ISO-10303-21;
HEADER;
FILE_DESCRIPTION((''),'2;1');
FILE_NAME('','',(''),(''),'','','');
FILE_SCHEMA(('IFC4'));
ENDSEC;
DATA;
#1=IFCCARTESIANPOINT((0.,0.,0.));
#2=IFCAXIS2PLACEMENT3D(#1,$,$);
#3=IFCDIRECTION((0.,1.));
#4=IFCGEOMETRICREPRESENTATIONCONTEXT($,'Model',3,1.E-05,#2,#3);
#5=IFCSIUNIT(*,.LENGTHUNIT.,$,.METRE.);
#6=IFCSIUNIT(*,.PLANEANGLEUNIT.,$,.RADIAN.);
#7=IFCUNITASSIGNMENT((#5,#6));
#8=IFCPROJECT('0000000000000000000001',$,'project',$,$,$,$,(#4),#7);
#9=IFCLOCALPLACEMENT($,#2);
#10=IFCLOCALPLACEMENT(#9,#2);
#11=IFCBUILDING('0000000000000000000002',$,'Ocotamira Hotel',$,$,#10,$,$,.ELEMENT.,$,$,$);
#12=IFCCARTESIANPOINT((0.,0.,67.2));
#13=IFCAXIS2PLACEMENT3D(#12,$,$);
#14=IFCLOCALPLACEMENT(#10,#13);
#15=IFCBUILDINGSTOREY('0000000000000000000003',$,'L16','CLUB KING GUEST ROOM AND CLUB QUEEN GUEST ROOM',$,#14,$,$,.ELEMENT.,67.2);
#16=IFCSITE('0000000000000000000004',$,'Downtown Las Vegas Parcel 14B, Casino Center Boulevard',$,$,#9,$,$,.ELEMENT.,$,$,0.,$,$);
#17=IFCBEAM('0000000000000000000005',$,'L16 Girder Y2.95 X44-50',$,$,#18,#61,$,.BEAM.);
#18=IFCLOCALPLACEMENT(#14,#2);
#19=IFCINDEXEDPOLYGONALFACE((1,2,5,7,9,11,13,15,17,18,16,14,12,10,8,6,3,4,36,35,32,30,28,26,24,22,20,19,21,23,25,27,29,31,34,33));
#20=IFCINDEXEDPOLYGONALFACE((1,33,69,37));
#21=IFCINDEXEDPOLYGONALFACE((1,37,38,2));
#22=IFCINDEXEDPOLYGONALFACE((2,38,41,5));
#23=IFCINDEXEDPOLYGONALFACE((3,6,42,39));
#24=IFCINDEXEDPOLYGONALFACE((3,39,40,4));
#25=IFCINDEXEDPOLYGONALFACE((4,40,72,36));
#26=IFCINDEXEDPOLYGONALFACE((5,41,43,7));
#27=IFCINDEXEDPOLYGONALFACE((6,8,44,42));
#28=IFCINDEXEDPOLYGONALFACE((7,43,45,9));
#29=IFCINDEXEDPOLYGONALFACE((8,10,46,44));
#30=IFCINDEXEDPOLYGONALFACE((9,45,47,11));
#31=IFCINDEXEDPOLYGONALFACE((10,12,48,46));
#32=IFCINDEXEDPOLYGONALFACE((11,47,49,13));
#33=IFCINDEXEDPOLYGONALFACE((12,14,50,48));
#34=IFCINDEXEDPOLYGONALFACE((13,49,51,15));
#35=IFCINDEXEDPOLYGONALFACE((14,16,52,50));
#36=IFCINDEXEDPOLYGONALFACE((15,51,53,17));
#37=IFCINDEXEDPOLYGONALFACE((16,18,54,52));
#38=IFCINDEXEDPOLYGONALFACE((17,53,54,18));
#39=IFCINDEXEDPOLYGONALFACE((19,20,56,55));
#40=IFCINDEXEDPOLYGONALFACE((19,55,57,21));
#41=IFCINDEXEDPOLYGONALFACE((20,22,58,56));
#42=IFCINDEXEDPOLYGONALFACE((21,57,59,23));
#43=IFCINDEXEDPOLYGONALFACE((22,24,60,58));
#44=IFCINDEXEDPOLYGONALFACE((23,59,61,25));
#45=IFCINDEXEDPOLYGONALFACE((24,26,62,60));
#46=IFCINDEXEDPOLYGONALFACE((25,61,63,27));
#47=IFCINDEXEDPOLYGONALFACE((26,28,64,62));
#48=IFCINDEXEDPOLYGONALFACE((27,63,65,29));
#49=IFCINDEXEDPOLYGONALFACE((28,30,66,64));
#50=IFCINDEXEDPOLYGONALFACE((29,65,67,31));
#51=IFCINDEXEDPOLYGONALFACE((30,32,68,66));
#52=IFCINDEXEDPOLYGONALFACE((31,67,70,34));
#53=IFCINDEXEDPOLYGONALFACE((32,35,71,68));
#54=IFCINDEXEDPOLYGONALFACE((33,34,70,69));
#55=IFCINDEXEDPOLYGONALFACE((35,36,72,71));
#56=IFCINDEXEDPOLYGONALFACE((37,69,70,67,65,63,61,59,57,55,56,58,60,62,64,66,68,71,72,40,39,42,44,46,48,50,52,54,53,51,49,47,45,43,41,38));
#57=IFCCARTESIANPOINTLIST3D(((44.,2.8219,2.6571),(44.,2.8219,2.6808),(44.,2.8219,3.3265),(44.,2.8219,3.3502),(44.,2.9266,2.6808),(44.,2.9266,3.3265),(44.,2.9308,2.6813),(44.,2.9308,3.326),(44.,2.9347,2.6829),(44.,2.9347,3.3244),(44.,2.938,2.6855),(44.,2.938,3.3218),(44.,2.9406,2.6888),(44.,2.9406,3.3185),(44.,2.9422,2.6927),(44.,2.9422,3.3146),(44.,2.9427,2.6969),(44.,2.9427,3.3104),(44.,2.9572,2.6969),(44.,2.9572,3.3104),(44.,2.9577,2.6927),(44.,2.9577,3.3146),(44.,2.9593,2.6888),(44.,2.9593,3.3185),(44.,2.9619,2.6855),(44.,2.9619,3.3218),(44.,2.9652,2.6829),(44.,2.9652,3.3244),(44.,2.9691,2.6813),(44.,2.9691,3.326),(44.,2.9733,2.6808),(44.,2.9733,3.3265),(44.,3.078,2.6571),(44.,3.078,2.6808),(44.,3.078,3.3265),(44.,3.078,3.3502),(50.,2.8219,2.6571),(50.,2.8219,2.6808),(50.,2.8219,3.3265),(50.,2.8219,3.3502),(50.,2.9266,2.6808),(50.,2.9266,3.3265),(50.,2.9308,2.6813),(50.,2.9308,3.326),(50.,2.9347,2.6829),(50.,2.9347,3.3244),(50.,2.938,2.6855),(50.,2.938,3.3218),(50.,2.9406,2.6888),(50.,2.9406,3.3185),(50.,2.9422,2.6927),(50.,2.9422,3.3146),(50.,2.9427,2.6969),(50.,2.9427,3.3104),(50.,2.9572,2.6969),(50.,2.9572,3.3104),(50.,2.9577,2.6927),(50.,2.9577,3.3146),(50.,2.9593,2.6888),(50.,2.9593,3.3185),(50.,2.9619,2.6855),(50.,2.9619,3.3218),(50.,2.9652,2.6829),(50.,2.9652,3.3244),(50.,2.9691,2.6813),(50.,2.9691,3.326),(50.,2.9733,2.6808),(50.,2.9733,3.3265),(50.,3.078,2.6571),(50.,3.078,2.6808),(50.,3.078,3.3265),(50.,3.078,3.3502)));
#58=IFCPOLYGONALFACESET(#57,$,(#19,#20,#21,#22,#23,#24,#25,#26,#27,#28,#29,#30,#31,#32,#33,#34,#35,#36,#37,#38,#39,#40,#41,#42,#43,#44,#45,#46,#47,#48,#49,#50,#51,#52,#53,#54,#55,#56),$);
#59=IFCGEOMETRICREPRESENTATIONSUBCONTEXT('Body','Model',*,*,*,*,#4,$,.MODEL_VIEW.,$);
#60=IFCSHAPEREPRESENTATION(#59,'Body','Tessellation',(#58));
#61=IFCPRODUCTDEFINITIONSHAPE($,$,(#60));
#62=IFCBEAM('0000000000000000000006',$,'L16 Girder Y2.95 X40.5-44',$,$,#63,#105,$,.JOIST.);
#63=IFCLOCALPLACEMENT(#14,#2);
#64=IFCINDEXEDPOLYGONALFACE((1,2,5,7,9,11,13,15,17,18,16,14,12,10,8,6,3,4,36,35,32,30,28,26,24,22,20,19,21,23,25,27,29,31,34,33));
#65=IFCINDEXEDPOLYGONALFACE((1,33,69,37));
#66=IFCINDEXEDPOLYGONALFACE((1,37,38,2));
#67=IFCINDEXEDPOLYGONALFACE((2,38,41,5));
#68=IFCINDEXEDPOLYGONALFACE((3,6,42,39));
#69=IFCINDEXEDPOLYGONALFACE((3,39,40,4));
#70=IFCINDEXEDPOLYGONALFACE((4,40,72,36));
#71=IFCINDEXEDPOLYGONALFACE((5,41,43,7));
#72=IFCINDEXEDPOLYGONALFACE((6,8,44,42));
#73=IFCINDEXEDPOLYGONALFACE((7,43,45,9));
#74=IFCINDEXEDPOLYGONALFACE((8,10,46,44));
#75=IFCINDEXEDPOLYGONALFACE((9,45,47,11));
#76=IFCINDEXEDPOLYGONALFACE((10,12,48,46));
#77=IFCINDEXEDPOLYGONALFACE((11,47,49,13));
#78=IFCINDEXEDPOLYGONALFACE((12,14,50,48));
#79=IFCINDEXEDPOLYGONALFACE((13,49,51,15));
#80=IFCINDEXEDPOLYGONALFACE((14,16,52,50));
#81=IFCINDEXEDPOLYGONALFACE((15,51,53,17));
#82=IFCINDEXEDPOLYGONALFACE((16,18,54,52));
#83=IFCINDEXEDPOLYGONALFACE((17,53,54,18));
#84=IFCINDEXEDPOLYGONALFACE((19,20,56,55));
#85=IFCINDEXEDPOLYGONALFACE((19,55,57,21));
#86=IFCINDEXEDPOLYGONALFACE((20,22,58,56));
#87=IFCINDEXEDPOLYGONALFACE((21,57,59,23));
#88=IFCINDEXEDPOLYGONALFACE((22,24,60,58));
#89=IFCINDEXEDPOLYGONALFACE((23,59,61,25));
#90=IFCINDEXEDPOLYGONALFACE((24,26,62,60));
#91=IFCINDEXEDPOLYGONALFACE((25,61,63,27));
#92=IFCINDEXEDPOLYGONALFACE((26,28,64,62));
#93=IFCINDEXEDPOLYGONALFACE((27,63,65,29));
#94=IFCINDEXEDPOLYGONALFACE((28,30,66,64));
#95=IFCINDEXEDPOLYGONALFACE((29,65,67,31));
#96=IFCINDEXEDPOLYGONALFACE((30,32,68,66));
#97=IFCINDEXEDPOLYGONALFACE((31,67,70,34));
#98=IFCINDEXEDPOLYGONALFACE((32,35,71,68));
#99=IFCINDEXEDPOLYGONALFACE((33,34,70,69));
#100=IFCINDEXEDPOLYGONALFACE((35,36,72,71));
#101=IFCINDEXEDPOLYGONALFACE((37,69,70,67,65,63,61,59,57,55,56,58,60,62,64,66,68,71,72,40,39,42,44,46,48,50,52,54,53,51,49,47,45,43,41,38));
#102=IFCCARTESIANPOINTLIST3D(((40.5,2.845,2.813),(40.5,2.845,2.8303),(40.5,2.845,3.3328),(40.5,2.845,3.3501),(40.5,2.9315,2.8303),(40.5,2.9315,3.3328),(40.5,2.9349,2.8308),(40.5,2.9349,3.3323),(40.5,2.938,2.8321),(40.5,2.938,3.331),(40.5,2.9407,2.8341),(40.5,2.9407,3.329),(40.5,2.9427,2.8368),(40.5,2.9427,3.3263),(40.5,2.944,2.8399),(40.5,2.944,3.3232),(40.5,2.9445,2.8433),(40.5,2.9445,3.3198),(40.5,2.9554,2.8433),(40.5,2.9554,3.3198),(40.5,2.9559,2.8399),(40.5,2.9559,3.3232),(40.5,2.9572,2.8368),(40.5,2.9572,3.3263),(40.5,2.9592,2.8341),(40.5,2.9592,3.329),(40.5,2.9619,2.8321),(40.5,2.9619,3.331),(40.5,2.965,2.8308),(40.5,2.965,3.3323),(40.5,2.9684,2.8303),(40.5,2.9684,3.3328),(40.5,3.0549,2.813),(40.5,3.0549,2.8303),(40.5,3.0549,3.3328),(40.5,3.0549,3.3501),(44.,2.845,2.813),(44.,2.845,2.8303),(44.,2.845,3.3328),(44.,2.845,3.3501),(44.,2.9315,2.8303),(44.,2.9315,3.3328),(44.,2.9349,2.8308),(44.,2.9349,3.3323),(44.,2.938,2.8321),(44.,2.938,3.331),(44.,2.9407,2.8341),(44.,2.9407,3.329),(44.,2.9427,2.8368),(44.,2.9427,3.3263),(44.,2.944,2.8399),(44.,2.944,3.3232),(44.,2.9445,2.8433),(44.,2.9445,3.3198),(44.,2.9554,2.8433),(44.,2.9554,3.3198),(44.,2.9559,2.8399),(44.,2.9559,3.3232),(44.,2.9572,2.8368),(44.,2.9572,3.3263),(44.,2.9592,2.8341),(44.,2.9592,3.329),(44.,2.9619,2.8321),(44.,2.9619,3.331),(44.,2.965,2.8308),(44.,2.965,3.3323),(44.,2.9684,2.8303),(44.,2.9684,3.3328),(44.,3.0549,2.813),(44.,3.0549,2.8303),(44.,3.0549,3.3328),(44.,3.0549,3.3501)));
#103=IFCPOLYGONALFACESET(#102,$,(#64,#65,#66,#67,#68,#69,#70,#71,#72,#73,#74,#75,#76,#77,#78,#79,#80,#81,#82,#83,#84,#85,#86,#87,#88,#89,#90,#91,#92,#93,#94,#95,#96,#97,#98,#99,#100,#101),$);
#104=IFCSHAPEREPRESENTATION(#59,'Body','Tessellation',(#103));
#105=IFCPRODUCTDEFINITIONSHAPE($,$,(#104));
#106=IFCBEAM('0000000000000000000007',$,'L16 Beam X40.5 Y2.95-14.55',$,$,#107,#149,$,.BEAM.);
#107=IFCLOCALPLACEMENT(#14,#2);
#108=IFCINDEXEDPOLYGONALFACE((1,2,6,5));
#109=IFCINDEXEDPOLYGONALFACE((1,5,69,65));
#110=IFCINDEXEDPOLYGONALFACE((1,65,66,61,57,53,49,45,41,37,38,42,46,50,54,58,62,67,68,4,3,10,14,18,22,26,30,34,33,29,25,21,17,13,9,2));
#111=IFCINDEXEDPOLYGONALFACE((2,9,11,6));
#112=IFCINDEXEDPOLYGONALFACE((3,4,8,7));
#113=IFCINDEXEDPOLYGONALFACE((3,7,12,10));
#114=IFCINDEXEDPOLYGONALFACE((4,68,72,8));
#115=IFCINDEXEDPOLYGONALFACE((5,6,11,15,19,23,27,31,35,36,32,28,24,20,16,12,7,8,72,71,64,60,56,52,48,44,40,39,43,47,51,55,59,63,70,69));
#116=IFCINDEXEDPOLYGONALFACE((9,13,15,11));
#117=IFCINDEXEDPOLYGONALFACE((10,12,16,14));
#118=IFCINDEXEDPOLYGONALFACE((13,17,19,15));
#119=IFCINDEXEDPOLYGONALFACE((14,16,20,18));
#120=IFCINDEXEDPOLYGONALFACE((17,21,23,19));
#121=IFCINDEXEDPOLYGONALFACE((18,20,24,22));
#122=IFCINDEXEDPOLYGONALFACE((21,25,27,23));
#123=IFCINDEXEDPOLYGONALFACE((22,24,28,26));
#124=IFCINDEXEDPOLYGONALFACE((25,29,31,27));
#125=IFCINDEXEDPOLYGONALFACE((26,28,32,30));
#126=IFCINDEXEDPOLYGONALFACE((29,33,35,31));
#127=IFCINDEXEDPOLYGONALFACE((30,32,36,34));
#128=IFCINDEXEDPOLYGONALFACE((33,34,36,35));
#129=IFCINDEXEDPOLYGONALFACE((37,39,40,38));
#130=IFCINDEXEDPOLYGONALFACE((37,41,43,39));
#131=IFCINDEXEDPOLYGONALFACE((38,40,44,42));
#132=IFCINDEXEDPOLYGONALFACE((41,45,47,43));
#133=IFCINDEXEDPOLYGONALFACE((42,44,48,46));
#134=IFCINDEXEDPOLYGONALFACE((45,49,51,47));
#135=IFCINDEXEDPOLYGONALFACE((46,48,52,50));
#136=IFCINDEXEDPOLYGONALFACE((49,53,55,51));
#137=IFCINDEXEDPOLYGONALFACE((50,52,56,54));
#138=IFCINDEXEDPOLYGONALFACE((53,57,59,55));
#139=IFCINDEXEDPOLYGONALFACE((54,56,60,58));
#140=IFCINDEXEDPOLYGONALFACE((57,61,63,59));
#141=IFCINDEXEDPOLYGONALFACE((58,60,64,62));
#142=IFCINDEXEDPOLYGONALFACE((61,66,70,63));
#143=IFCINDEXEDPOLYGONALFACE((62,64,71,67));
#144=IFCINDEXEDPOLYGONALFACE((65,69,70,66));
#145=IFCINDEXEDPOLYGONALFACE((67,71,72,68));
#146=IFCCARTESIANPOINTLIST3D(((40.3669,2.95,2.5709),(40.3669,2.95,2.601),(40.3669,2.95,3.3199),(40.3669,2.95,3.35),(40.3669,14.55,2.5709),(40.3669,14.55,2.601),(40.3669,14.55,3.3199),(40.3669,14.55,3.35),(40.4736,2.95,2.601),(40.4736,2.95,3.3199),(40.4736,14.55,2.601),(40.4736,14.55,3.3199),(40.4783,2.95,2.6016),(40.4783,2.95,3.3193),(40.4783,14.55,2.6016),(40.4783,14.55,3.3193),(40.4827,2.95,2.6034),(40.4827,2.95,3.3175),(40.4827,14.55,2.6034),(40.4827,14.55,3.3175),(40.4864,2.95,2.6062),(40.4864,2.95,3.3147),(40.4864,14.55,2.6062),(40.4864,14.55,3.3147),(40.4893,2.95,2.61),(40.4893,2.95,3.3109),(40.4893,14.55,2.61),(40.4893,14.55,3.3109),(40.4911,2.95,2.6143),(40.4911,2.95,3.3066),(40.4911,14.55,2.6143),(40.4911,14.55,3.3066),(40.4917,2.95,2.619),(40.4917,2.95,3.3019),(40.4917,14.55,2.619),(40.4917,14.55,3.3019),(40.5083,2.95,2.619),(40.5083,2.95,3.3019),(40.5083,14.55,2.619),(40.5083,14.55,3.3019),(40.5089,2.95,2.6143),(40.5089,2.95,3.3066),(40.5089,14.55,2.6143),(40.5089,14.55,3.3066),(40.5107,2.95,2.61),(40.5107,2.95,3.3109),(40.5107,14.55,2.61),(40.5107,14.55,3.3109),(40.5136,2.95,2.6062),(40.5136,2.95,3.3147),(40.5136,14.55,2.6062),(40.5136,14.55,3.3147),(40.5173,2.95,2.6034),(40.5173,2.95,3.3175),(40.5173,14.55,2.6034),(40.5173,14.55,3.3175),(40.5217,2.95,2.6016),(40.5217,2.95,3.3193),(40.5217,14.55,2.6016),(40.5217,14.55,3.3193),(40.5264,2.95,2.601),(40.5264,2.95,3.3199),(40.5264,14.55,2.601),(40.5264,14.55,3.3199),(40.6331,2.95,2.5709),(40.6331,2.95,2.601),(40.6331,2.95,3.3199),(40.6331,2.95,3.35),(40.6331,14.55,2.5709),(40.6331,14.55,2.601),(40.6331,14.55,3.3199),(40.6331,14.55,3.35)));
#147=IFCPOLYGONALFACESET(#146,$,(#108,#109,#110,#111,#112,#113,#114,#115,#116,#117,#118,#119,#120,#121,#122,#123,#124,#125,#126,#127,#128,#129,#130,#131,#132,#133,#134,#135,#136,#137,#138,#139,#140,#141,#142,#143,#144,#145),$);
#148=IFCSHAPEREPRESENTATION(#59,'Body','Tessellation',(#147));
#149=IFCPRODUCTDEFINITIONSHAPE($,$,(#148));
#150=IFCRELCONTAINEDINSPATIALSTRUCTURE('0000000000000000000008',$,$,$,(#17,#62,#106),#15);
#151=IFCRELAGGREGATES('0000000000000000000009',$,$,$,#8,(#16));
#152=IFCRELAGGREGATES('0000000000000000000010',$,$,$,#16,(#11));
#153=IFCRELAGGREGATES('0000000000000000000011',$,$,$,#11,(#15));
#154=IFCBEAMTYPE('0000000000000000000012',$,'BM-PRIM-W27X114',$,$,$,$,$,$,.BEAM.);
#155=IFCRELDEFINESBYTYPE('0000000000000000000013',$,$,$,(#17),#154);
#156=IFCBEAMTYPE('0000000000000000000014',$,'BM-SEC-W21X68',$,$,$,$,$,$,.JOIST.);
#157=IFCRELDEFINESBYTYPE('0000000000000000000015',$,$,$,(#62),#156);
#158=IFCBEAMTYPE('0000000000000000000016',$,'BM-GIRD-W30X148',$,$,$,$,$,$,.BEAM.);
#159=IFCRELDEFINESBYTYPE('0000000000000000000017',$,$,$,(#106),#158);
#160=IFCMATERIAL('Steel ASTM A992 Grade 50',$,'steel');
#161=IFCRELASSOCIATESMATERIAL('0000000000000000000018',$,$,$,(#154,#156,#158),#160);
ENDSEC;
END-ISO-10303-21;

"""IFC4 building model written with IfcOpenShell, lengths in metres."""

from ifc_helpers import new_model, si_unit, direction, frame, origin, origin_2d, place, context, subcontext, project, spatial, i_section, extrude, source, transform, mapped, material, material_profile, profile_set, type_object, element, save


model = new_model("IFC4")

# Units and contexts
model_context = context("Model", 3, precision=1e-05, world=origin(), true_north=direction((0.0, 1.0)))
body_context = subcontext(model_context, "Body", "Model", "MODEL_VIEW")
ifc_project = project(units=[si_unit("LENGTHUNIT", "METRE"), si_unit("PLANEANGLEUNIT", "RADIAN")], contexts=[model_context])

# Site, building, storey
site_placement = place(None, origin())
site = spatial("IfcSite", under=ifc_project, at=site_placement, Name="Downtown Las Vegas Parcel 14B, Casino Center Boulevard", CompositionType="ELEMENT", RefElevation=0.0)
building_placement = place(site_placement, origin())
building = spatial("IfcBuilding", under=site, at=building_placement, Name="Ocotamira Hotel", CompositionType="ELEMENT")
storey_placement = place(building_placement, frame((0.0, 0.0, 67.2)))
storey = spatial("IfcBuildingStorey", under=building, at=storey_placement, Name="L16", Description="CLUB KING GUEST ROOM AND CLUB QUEEN GUEST ROOM", CompositionType="ELEMENT", Elevation=67.2)

# Beams
ifc_material_1 = material(Name="Steel ASTM A992 Grade 50", Category="steel")
ifc_material_profile_1 = material_profile(ifc_material_1, i_section(OverallWidth=0.2561, OverallDepth=0.6931, WebThickness=0.0144, FlangeThickness=0.0237, FilletRadius=0.0161, at=origin_2d()), Name="W27X114")
ifc_profile_set_1 = profile_set([ifc_material_profile_1], Name="Steel ASTM A992 Grade 50")
beam_type_1 = type_object("IfcBeamType", Name="BM-PRIM-W27X114", PredefinedType="BEAM", material=ifc_profile_set_1)
shared_shape_1 = source(origin(), body_context, "Body", "SweptSolid", [
    extrude(i_section(OverallWidth=0.2561, OverallDepth=0.6931, WebThickness=0.0144, FlangeThickness=0.0237, FilletRadius=0.0161, at=origin_2d()), origin(), (0.0, 0.0, 1.0), 6.0),
])
beam_1_placement = place(storey_placement, frame((44.0, 2.95, 3.0037), z_axis=(1.0, 0.0, 0.0), x_axis=(0.0, 1.0, 0.0)))
element("IfcBeam", 1, at=beam_1_placement, inside=storey, type_object=beam_type_1, Name="L16 Girder Y2.95 X44-50", PredefinedType="BEAM", context=body_context, shape_type="MappedRepresentation", body=[
    mapped(shared_shape_1, transform((0.0, 0.0, 0.0), scale=1.0)),
])
ifc_material_profile_2 = material_profile(ifc_material_1, i_section(OverallWidth=0.21, OverallDepth=0.5371, WebThickness=0.011, FlangeThickness=0.0173, FilletRadius=0.0129, at=origin_2d()), Name="W21X68")
ifc_profile_set_2 = profile_set([ifc_material_profile_2], Name="Steel ASTM A992 Grade 50")
beam_type_2 = type_object("IfcBeamType", Name="BM-SEC-W21X68", PredefinedType="JOIST", material=ifc_profile_set_2)
shared_shape_2 = source(origin(), body_context, "Body", "SweptSolid", [
    extrude(i_section(OverallWidth=0.21, OverallDepth=0.5371, WebThickness=0.011, FlangeThickness=0.0173, FilletRadius=0.0129, at=origin_2d()), origin(), (0.0, 0.0, 1.0), 3.5),
])
beam_2_placement = place(storey_placement, frame((40.5, 2.95, 3.0815), z_axis=(1.0, 0.0, 0.0), x_axis=(0.0, 1.0, 0.0)))
element("IfcBeam", 2, at=beam_2_placement, inside=storey, type_object=beam_type_2, Name="L16 Girder Y2.95 X40.5-44", PredefinedType="JOIST", context=body_context, shape_type="MappedRepresentation", body=[
    mapped(shared_shape_2, transform((0.0, 0.0, 0.0), scale=1.0)),
])
ifc_material_profile_3 = material_profile(ifc_material_1, i_section(OverallWidth=0.2661, OverallDepth=0.7791, WebThickness=0.0166, FlangeThickness=0.03, FilletRadius=0.0181, at=origin_2d()), Name="W30X148")
ifc_profile_set_3 = profile_set([ifc_material_profile_3], Name="Steel ASTM A992 Grade 50")
beam_type_3 = type_object("IfcBeamType", Name="BM-GIRD-W30X148", PredefinedType="BEAM", material=ifc_profile_set_3)
shared_shape_3 = source(origin(), body_context, "Body", "SweptSolid", [
    extrude(i_section(OverallWidth=0.2661, OverallDepth=0.7791, WebThickness=0.0166, FlangeThickness=0.03, FilletRadius=0.0181, at=origin_2d()), origin(), (0.0, 0.0, 1.0), 11.6001),
])
beam_3_placement = place(storey_placement, frame((40.5, 2.95, 2.9604), z_axis=(0.0, 1.0, 0.0), x_axis=(-1.0, 0.0, 0.0)))
element("IfcBeam", 3, at=beam_3_placement, inside=storey, type_object=beam_type_3, Name="L16 Beam X40.5 Y2.95-14.55", PredefinedType="BEAM", context=body_context, shape_type="MappedRepresentation", body=[
    mapped(shared_shape_3, transform((0.0, 0.0, 0.0), scale=1.0)),
])

save(model, "model.ifc")
